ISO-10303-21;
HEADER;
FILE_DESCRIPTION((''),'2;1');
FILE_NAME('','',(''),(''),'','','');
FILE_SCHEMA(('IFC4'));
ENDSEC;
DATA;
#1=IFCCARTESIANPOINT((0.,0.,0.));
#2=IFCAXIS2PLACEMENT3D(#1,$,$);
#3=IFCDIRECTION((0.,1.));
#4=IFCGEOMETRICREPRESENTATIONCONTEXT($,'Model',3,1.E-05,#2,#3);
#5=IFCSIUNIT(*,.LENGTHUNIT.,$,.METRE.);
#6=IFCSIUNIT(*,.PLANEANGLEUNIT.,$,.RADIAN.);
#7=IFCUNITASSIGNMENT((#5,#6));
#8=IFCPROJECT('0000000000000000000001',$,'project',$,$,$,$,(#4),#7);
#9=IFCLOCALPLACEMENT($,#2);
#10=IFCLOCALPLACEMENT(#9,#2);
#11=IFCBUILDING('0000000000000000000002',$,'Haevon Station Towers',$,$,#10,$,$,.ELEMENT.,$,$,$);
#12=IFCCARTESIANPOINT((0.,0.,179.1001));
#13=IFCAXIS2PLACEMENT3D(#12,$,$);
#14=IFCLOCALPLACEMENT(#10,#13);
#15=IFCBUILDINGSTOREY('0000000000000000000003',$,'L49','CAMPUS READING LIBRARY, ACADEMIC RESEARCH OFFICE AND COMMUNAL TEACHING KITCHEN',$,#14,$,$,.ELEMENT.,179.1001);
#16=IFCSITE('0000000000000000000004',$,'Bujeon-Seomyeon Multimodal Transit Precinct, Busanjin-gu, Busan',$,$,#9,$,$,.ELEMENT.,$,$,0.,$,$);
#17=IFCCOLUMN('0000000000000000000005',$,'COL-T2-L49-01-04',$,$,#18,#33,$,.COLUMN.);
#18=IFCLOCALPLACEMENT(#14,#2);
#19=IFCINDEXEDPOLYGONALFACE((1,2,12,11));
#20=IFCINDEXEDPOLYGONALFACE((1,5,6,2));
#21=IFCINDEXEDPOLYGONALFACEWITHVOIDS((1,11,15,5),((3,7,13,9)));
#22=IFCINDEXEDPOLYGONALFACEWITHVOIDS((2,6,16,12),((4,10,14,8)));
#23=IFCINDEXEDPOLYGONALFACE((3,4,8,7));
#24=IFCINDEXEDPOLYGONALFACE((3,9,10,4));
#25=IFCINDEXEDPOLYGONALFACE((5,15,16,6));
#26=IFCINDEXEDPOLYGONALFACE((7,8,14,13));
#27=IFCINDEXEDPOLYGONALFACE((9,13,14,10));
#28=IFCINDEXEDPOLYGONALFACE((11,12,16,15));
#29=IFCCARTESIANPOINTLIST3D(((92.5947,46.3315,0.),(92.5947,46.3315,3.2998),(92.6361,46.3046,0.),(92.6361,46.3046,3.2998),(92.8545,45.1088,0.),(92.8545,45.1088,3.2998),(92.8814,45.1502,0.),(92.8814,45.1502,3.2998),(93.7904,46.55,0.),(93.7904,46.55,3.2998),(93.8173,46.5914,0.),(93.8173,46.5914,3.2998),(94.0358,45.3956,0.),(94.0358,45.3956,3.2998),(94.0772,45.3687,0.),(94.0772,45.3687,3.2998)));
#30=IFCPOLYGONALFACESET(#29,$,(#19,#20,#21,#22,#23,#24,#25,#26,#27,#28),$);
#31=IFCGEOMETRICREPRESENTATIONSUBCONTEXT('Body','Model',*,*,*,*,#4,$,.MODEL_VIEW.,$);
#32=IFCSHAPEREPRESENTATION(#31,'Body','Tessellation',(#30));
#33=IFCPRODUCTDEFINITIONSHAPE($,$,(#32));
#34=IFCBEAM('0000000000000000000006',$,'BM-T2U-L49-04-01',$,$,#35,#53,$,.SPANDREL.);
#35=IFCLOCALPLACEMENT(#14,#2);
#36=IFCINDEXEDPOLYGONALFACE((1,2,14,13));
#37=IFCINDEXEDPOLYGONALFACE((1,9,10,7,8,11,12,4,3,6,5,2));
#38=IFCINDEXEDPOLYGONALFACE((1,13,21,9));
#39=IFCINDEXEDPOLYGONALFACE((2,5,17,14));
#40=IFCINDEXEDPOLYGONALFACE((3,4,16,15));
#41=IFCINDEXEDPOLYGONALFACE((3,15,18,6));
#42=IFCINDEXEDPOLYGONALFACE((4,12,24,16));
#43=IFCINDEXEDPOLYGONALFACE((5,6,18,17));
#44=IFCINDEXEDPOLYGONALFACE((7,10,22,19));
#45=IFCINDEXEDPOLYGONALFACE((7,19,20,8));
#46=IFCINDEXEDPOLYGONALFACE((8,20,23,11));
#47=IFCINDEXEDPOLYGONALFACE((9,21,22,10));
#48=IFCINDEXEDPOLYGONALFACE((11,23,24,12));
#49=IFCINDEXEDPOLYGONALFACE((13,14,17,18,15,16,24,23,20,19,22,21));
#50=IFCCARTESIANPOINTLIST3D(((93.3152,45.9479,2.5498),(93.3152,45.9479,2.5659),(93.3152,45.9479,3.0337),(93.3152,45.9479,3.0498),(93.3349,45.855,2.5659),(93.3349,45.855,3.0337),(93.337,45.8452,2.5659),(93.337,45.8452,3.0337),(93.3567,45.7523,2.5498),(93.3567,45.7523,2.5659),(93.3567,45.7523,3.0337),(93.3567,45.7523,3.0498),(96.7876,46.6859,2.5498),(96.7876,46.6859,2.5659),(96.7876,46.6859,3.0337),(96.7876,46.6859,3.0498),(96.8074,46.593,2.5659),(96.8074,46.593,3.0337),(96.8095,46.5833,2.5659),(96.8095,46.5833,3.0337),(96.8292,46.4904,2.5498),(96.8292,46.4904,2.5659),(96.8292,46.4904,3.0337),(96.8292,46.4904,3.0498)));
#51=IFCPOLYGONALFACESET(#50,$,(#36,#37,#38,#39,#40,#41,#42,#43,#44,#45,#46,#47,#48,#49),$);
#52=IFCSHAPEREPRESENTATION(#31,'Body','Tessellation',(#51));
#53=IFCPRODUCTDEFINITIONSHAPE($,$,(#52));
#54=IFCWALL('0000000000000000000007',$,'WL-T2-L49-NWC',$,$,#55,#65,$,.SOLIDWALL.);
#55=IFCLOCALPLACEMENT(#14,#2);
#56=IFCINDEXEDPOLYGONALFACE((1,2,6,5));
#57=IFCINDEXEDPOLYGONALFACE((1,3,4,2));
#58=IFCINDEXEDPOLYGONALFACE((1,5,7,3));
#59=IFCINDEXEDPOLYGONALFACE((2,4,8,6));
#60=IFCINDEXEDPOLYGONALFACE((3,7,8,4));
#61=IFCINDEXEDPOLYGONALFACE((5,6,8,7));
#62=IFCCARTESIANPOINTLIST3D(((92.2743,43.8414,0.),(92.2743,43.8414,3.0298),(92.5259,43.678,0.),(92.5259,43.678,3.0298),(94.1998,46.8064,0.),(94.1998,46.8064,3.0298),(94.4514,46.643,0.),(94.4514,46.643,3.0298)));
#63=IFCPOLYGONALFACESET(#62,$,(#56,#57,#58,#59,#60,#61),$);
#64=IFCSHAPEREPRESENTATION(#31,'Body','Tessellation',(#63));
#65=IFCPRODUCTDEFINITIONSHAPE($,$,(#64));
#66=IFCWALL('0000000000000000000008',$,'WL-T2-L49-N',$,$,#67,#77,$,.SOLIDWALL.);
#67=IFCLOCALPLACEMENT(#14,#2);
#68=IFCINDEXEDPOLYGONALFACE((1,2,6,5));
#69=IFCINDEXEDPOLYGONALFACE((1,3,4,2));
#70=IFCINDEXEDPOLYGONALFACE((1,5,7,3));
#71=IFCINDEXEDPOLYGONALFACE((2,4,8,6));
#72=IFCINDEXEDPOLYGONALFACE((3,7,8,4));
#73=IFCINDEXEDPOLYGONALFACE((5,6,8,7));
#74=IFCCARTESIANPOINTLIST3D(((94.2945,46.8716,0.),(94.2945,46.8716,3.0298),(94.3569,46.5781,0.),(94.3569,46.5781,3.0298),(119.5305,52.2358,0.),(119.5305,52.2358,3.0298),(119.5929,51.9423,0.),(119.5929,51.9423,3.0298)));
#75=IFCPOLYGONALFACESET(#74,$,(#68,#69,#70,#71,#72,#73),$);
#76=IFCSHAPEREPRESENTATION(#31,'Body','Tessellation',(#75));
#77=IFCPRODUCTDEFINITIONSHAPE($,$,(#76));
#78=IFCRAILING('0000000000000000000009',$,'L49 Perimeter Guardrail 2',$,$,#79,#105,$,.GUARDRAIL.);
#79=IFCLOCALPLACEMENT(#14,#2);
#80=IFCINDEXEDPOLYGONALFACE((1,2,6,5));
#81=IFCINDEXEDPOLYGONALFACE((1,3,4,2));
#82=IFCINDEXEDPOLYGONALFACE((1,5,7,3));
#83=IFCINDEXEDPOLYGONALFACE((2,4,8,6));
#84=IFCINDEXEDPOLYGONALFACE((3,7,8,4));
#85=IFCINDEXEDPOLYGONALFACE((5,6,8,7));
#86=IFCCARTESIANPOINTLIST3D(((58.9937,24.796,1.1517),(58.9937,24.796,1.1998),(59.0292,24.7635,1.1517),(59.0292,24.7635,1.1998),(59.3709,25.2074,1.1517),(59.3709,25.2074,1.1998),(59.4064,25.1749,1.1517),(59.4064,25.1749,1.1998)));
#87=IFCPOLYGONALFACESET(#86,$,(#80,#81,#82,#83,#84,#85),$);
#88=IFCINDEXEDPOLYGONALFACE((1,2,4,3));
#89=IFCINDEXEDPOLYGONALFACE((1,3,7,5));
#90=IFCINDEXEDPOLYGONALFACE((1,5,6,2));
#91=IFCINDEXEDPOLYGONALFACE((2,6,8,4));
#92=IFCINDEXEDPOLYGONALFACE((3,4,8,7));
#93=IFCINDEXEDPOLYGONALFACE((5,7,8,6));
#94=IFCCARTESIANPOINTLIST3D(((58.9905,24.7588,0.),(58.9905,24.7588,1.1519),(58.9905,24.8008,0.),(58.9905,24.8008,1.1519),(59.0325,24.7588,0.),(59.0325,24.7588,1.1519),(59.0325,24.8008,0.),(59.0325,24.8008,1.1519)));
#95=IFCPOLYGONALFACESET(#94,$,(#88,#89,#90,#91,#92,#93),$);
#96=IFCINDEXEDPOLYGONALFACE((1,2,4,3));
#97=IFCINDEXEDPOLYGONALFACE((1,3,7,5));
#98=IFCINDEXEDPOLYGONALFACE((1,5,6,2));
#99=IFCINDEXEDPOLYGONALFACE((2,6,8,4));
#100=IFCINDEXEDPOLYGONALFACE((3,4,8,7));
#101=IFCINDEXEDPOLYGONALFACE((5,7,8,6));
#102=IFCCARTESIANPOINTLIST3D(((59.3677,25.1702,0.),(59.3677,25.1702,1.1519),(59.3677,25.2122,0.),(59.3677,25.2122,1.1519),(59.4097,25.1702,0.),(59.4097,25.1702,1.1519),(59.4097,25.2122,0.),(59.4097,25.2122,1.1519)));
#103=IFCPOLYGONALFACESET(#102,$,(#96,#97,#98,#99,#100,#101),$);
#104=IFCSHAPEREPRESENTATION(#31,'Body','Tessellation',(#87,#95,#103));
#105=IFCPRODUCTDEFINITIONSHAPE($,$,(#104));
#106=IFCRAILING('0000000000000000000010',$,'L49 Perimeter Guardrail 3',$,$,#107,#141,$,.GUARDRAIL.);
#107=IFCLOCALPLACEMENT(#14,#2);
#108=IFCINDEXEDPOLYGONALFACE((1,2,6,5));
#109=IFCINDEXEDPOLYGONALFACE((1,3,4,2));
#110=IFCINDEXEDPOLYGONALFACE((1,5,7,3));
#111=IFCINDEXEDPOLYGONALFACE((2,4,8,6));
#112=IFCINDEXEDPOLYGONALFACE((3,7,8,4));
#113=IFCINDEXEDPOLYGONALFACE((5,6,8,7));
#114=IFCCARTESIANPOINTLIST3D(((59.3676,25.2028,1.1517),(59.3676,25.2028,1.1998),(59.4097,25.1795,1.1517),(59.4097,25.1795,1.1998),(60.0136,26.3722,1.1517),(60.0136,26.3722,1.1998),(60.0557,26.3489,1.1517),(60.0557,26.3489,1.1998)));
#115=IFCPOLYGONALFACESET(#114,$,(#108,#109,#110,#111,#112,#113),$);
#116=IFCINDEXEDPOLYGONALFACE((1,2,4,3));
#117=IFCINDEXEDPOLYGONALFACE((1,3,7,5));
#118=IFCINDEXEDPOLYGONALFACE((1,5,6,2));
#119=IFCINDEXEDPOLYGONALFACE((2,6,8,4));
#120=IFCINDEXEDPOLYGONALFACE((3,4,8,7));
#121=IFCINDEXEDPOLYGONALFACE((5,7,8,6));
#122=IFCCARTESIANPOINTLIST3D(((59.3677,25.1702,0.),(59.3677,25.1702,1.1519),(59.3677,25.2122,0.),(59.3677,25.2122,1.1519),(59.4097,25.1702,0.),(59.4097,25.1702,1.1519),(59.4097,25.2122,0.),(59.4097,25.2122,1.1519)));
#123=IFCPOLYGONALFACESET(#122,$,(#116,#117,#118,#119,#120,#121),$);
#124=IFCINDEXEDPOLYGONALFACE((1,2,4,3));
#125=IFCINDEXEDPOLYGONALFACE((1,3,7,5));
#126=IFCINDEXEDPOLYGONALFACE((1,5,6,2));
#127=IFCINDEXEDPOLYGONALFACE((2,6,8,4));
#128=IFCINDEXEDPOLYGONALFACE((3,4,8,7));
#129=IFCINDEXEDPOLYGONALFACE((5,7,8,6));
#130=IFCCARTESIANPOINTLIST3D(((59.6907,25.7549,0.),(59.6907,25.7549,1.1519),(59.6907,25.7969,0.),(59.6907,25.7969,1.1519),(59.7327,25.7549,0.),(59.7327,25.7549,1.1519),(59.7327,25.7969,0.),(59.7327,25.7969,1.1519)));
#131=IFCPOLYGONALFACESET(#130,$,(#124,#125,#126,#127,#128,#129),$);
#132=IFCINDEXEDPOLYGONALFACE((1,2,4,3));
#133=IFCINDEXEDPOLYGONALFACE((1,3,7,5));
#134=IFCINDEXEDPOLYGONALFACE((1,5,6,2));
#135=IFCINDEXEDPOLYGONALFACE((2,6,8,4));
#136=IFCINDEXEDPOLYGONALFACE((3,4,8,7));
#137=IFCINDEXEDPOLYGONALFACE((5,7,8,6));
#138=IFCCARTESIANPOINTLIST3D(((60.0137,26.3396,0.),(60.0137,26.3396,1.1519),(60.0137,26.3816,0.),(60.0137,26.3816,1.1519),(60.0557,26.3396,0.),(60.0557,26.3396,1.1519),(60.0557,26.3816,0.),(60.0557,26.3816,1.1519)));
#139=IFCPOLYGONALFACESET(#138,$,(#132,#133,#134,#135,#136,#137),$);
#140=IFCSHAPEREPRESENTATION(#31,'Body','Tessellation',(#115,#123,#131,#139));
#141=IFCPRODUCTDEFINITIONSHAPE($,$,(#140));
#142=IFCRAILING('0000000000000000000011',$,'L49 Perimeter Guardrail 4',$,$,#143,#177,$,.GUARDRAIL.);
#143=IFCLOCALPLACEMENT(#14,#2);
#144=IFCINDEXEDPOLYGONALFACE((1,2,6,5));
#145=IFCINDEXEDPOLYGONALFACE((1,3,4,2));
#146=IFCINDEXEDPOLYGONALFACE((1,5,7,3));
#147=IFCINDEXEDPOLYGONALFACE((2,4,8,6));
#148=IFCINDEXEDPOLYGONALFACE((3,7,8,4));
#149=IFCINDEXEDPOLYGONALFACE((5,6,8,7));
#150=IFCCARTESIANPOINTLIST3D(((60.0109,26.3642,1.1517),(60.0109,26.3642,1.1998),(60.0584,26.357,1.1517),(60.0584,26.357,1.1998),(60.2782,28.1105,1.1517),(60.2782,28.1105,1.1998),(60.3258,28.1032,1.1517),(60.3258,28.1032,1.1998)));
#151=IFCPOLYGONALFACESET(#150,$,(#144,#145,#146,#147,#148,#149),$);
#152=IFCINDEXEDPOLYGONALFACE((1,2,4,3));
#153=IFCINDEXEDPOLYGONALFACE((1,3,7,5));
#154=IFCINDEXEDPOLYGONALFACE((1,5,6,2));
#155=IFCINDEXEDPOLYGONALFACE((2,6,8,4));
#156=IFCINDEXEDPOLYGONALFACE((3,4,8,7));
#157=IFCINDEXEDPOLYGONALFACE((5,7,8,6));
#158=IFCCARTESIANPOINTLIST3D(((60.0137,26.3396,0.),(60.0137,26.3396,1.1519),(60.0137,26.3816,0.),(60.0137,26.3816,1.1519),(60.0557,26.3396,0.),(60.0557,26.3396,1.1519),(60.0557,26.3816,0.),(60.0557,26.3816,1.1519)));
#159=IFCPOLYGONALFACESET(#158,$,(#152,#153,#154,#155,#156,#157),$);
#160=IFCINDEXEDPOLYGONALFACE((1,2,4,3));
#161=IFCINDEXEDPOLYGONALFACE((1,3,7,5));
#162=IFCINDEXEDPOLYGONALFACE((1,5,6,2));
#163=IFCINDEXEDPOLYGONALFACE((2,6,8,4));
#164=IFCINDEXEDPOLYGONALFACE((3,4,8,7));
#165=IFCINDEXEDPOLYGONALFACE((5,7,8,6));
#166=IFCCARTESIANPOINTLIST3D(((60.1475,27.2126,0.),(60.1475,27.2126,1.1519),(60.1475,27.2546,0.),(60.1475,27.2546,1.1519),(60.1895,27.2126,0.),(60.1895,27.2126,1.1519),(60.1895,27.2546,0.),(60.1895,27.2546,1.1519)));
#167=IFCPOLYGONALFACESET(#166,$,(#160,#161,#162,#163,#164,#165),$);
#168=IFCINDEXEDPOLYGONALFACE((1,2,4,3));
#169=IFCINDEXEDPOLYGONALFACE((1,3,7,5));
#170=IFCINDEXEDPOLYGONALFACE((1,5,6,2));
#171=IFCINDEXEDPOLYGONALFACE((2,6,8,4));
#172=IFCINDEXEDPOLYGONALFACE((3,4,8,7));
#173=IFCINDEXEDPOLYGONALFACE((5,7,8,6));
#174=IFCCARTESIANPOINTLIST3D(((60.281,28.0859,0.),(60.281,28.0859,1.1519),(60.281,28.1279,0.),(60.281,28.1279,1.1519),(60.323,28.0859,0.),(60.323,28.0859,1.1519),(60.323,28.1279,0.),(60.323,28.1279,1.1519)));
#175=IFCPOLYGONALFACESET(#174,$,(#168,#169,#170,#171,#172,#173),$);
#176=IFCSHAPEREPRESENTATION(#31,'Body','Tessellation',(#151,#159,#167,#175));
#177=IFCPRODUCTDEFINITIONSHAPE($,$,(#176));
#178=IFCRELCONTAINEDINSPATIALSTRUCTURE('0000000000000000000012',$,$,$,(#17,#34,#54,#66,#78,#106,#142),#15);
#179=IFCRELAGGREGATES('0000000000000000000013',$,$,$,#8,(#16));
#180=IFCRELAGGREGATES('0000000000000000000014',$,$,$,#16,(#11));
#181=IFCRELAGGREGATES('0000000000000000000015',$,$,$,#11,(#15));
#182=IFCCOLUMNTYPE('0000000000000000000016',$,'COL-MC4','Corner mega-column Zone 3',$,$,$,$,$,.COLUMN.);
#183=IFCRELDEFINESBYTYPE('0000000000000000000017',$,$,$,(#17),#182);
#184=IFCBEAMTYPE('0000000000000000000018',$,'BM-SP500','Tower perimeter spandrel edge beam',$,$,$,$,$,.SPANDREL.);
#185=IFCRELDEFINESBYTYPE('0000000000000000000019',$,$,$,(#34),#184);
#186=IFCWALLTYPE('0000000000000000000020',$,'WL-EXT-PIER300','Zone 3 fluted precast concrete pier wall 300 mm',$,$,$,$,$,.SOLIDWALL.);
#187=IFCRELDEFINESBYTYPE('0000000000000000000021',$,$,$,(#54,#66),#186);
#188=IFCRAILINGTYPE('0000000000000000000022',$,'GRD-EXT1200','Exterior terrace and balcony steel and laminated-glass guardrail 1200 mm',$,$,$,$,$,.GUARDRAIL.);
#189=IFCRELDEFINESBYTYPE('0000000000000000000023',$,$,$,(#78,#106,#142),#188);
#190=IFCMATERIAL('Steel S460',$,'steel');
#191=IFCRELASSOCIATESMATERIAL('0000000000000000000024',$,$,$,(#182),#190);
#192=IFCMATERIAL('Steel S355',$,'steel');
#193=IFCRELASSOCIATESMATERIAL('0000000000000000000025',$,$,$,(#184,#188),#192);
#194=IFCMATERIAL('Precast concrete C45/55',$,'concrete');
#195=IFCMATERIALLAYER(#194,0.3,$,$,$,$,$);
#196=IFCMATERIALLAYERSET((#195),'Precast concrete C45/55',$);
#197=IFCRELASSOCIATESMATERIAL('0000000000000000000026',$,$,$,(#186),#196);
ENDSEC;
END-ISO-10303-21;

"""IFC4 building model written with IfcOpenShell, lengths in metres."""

from ifc_helpers import new_model, si_unit, direction, frame, frame_2d, origin, origin_2d, place, context, subcontext, project, spatial, rectangle, hollow_rectangle, i_section, extrude, material, layer, layer_set, material_profile, profile_set, type_object, element, save


model = new_model("IFC4")

# Units and contexts
model_context = context("Model", 3, precision=1e-05, world=origin(), true_north=direction((0.0, 1.0)))
body_context = subcontext(model_context, "Body", "Model", "MODEL_VIEW")
ifc_project = project(units=[si_unit("LENGTHUNIT", "METRE"), si_unit("PLANEANGLEUNIT", "RADIAN")], contexts=[model_context])

# Site, building, storey
site_placement = place(None, origin())
site = spatial("IfcSite", under=ifc_project, at=site_placement, Name="Bujeon-Seomyeon Multimodal Transit Precinct, Busanjin-gu, Busan", CompositionType="ELEMENT", RefElevation=0.0)
building_placement = place(site_placement, origin())
building = spatial("IfcBuilding", under=site, at=building_placement, Name="Haevon Station Towers", CompositionType="ELEMENT")
storey_placement = place(building_placement, frame((0.0, 0.0, 179.1001)))
storey = spatial("IfcBuildingStorey", under=building, at=storey_placement, Name="L49", Description="CAMPUS READING LIBRARY, ACADEMIC RESEARCH OFFICE AND COMMUNAL TEACHING KITCHEN", CompositionType="ELEMENT", Elevation=179.1001)

# Column
ifc_material_1 = material(Name="Steel S460", Category="steel")
ifc_material_profile_1 = material_profile(ifc_material_1, hollow_rectangle(XDim=1.25, YDim=1.25, WallThickness=0.0349, at=origin_2d()), Name="BOX-1250x1250x35")
ifc_profile_set_1 = profile_set([ifc_material_profile_1], Name="Steel S460")
column_type = type_object("IfcColumnType", Name="COL-MC4", Description="Corner mega-column Zone 3", PredefinedType="COLUMN", material=ifc_profile_set_1)
column_placement = place(storey_placement, frame((93.3359, 45.8501, 0.0), z_axis=(0.0, 0.0, 1.0), x_axis=(0.978148, 0.207912, 0.0)))
element("IfcColumn", 1, at=column_placement, inside=storey, type_object=column_type, Name="COL-T2-L49-01-04", PredefinedType="COLUMN", context=body_context, shape_type="SweptSolid", body=[
    extrude(hollow_rectangle(XDim=1.25, YDim=1.25, WallThickness=0.0349, at=origin_2d()), origin(), (0.0, 0.0, 1.0), 3.2998),
])

# Beam
ifc_material_2 = material(Name="Steel S355", Category="steel")
ifc_material_profile_2 = material_profile(ifc_material_2, i_section(OverallWidth=0.2, OverallDepth=0.5, WebThickness=0.01, FlangeThickness=0.0161, at=origin_2d()), Name="H-500x200x10x16")
ifc_profile_set_2 = profile_set([ifc_material_profile_2], Name="Steel S355")
beam_type = type_object("IfcBeamType", Name="BM-SP500", Description="Tower perimeter spandrel edge beam", PredefinedType="SPANDREL", material=ifc_profile_set_2)
beam_placement = place(storey_placement, frame((93.3359, 45.8501, 2.7998), z_axis=(0.97815, 0.207899, 0.0), x_axis=(-0.207899, 0.97815, 0.0)))
element("IfcBeam", 2, at=beam_placement, inside=storey, type_object=beam_type, Name="BM-T2U-L49-04-01", PredefinedType="SPANDREL", context=body_context, shape_type="SweptSolid", body=[
    extrude(i_section(OverallWidth=0.2, OverallDepth=0.5, WebThickness=0.01, FlangeThickness=0.0161, at=origin_2d()), origin(), (0.0, 0.0, 1.0), 3.55),
])

# Walls
ifc_material_3 = material(Name="Precast concrete C45/55", Category="concrete")
ifc_layer = layer(ifc_material_3, 0.3)
ifc_layer_set = layer_set([ifc_layer], Name="Precast concrete C45/55")
wall_type = type_object("IfcWallType", Name="WL-EXT-PIER300", Description="Zone 3 fluted precast concrete pier wall 300 mm", PredefinedType="SOLIDWALL", material=ifc_layer_set)
wall_1_placement = place(storey_placement, frame((92.4001, 43.7598, 0.0), z_axis=(0.0, 0.0, 1.0), x_axis=(0.544636, 0.838672, 0.0)))
element("IfcWall", 3, at=wall_1_placement, inside=storey, type_object=wall_type, Name="WL-T2-L49-NWC", PredefinedType="SOLIDWALL", context=body_context, shape_type="SweptSolid", body=[
    extrude(rectangle(XDim=3.5354, YDim=0.3, at=frame_2d((1.7676, 0.0))), origin(), (0.0, 0.0, 1.0), 3.0298),
])
wall_2_placement = place(storey_placement, frame((94.3257, 46.7249, 0.0), z_axis=(0.0, 0.0, 1.0), x_axis=(0.978146, 0.207918, 0.0)))
element("IfcWall", 4, at=wall_2_placement, inside=storey, type_object=wall_type, Name="WL-T2-L49-N", PredefinedType="SOLIDWALL", context=body_context, shape_type="SweptSolid", body=[
    extrude(rectangle(XDim=25.7998, YDim=0.3, at=frame_2d((12.8999, 0.0))), origin(), (0.0, 0.0, 1.0), 3.0298),
])

# Railings
railing_type = type_object("IfcRailingType", Name="GRD-EXT1200", Description="Exterior terrace and balcony steel and laminated-glass guardrail 1200 mm", PredefinedType="GUARDRAIL", material=ifc_material_2)
railing_1_placement = place(storey_placement, frame((59.0115, 24.7798, 0.0)))
element("IfcRailing", 5, at=railing_1_placement, inside=storey, type_object=railing_type, Name="L49 Perimeter Guardrail 2", PredefinedType="GUARDRAIL", context=body_context, shape_type="SweptSolid", body=[
    extrude(rectangle(XDim=0.0481, YDim=0.0481, at=origin_2d()), frame((0.0, 0.0, 1.1758), z_axis=(0.675824, 0.737063, 0.0), x_axis=(-0.737063, 0.675824, 0.0)), (0.0, 0.0, 1.0), 0.5581),
    extrude(rectangle(XDim=0.042, YDim=0.042, at=origin_2d()), origin(), (0.0, 0.0, 1.0), 1.1519),
    extrude(rectangle(XDim=0.042, YDim=0.042, at=origin_2d()), frame((0.3772, 0.4114, 0.0)), (0.0, 0.0, 1.0), 1.1519),
])
railing_2_placement = place(storey_placement, frame((59.3887, 25.1912, 0.0)))
element("IfcRailing", 6, at=railing_2_placement, inside=storey, type_object=railing_type, Name="L49 Perimeter Guardrail 3", PredefinedType="GUARDRAIL", context=body_context, shape_type="SweptSolid", body=[
    extrude(rectangle(XDim=0.0481, YDim=0.0481, at=origin_2d()), frame((0.0, 0.0, 1.1758), z_axis=(0.483531, 0.875327, 0.0), x_axis=(-0.875327, 0.483531, 0.0)), (0.0, 0.0, 1.0), 1.3359),
    extrude(rectangle(XDim=0.042, YDim=0.042, at=origin_2d()), origin(), (0.0, 0.0, 1.0), 1.1519),
    extrude(rectangle(XDim=0.042, YDim=0.042, at=origin_2d()), frame((0.323, 0.5847, 0.0)), (0.0, 0.0, 1.0), 1.1519),
    extrude(rectangle(XDim=0.042, YDim=0.042, at=origin_2d()), frame((0.646, 1.1694, 0.0)), (0.0, 0.0, 1.0), 1.1519),
])
railing_3_placement = place(storey_placement, frame((60.0347, 26.3606, 0.0)))
element("IfcRailing", 7, at=railing_3_placement, inside=storey, type_object=railing_type, Name="L49 Perimeter Guardrail 4", PredefinedType="GUARDRAIL", context=body_context, shape_type="SweptSolid", body=[
    extrude(rectangle(XDim=0.0481, YDim=0.0481, at=origin_2d()), frame((0.0, 0.0, 1.1758), z_axis=(0.15132, 0.988485, 0.0), x_axis=(-0.988485, 0.15132, 0.0)), (0.0, 0.0, 1.0), 1.7666),
    extrude(rectangle(XDim=0.042, YDim=0.042, at=origin_2d()), origin(), (0.0, 0.0, 1.0), 1.1519),
    extrude(rectangle(XDim=0.042, YDim=0.042, at=origin_2d()), frame((0.1338, 0.873, 0.0)), (0.0, 0.0, 1.0), 1.1519),
    extrude(rectangle(XDim=0.042, YDim=0.042, at=origin_2d()), frame((0.2673, 1.7463, 0.0)), (0.0, 0.0, 1.0), 1.1519),
])

save(model, "model.ifc")
